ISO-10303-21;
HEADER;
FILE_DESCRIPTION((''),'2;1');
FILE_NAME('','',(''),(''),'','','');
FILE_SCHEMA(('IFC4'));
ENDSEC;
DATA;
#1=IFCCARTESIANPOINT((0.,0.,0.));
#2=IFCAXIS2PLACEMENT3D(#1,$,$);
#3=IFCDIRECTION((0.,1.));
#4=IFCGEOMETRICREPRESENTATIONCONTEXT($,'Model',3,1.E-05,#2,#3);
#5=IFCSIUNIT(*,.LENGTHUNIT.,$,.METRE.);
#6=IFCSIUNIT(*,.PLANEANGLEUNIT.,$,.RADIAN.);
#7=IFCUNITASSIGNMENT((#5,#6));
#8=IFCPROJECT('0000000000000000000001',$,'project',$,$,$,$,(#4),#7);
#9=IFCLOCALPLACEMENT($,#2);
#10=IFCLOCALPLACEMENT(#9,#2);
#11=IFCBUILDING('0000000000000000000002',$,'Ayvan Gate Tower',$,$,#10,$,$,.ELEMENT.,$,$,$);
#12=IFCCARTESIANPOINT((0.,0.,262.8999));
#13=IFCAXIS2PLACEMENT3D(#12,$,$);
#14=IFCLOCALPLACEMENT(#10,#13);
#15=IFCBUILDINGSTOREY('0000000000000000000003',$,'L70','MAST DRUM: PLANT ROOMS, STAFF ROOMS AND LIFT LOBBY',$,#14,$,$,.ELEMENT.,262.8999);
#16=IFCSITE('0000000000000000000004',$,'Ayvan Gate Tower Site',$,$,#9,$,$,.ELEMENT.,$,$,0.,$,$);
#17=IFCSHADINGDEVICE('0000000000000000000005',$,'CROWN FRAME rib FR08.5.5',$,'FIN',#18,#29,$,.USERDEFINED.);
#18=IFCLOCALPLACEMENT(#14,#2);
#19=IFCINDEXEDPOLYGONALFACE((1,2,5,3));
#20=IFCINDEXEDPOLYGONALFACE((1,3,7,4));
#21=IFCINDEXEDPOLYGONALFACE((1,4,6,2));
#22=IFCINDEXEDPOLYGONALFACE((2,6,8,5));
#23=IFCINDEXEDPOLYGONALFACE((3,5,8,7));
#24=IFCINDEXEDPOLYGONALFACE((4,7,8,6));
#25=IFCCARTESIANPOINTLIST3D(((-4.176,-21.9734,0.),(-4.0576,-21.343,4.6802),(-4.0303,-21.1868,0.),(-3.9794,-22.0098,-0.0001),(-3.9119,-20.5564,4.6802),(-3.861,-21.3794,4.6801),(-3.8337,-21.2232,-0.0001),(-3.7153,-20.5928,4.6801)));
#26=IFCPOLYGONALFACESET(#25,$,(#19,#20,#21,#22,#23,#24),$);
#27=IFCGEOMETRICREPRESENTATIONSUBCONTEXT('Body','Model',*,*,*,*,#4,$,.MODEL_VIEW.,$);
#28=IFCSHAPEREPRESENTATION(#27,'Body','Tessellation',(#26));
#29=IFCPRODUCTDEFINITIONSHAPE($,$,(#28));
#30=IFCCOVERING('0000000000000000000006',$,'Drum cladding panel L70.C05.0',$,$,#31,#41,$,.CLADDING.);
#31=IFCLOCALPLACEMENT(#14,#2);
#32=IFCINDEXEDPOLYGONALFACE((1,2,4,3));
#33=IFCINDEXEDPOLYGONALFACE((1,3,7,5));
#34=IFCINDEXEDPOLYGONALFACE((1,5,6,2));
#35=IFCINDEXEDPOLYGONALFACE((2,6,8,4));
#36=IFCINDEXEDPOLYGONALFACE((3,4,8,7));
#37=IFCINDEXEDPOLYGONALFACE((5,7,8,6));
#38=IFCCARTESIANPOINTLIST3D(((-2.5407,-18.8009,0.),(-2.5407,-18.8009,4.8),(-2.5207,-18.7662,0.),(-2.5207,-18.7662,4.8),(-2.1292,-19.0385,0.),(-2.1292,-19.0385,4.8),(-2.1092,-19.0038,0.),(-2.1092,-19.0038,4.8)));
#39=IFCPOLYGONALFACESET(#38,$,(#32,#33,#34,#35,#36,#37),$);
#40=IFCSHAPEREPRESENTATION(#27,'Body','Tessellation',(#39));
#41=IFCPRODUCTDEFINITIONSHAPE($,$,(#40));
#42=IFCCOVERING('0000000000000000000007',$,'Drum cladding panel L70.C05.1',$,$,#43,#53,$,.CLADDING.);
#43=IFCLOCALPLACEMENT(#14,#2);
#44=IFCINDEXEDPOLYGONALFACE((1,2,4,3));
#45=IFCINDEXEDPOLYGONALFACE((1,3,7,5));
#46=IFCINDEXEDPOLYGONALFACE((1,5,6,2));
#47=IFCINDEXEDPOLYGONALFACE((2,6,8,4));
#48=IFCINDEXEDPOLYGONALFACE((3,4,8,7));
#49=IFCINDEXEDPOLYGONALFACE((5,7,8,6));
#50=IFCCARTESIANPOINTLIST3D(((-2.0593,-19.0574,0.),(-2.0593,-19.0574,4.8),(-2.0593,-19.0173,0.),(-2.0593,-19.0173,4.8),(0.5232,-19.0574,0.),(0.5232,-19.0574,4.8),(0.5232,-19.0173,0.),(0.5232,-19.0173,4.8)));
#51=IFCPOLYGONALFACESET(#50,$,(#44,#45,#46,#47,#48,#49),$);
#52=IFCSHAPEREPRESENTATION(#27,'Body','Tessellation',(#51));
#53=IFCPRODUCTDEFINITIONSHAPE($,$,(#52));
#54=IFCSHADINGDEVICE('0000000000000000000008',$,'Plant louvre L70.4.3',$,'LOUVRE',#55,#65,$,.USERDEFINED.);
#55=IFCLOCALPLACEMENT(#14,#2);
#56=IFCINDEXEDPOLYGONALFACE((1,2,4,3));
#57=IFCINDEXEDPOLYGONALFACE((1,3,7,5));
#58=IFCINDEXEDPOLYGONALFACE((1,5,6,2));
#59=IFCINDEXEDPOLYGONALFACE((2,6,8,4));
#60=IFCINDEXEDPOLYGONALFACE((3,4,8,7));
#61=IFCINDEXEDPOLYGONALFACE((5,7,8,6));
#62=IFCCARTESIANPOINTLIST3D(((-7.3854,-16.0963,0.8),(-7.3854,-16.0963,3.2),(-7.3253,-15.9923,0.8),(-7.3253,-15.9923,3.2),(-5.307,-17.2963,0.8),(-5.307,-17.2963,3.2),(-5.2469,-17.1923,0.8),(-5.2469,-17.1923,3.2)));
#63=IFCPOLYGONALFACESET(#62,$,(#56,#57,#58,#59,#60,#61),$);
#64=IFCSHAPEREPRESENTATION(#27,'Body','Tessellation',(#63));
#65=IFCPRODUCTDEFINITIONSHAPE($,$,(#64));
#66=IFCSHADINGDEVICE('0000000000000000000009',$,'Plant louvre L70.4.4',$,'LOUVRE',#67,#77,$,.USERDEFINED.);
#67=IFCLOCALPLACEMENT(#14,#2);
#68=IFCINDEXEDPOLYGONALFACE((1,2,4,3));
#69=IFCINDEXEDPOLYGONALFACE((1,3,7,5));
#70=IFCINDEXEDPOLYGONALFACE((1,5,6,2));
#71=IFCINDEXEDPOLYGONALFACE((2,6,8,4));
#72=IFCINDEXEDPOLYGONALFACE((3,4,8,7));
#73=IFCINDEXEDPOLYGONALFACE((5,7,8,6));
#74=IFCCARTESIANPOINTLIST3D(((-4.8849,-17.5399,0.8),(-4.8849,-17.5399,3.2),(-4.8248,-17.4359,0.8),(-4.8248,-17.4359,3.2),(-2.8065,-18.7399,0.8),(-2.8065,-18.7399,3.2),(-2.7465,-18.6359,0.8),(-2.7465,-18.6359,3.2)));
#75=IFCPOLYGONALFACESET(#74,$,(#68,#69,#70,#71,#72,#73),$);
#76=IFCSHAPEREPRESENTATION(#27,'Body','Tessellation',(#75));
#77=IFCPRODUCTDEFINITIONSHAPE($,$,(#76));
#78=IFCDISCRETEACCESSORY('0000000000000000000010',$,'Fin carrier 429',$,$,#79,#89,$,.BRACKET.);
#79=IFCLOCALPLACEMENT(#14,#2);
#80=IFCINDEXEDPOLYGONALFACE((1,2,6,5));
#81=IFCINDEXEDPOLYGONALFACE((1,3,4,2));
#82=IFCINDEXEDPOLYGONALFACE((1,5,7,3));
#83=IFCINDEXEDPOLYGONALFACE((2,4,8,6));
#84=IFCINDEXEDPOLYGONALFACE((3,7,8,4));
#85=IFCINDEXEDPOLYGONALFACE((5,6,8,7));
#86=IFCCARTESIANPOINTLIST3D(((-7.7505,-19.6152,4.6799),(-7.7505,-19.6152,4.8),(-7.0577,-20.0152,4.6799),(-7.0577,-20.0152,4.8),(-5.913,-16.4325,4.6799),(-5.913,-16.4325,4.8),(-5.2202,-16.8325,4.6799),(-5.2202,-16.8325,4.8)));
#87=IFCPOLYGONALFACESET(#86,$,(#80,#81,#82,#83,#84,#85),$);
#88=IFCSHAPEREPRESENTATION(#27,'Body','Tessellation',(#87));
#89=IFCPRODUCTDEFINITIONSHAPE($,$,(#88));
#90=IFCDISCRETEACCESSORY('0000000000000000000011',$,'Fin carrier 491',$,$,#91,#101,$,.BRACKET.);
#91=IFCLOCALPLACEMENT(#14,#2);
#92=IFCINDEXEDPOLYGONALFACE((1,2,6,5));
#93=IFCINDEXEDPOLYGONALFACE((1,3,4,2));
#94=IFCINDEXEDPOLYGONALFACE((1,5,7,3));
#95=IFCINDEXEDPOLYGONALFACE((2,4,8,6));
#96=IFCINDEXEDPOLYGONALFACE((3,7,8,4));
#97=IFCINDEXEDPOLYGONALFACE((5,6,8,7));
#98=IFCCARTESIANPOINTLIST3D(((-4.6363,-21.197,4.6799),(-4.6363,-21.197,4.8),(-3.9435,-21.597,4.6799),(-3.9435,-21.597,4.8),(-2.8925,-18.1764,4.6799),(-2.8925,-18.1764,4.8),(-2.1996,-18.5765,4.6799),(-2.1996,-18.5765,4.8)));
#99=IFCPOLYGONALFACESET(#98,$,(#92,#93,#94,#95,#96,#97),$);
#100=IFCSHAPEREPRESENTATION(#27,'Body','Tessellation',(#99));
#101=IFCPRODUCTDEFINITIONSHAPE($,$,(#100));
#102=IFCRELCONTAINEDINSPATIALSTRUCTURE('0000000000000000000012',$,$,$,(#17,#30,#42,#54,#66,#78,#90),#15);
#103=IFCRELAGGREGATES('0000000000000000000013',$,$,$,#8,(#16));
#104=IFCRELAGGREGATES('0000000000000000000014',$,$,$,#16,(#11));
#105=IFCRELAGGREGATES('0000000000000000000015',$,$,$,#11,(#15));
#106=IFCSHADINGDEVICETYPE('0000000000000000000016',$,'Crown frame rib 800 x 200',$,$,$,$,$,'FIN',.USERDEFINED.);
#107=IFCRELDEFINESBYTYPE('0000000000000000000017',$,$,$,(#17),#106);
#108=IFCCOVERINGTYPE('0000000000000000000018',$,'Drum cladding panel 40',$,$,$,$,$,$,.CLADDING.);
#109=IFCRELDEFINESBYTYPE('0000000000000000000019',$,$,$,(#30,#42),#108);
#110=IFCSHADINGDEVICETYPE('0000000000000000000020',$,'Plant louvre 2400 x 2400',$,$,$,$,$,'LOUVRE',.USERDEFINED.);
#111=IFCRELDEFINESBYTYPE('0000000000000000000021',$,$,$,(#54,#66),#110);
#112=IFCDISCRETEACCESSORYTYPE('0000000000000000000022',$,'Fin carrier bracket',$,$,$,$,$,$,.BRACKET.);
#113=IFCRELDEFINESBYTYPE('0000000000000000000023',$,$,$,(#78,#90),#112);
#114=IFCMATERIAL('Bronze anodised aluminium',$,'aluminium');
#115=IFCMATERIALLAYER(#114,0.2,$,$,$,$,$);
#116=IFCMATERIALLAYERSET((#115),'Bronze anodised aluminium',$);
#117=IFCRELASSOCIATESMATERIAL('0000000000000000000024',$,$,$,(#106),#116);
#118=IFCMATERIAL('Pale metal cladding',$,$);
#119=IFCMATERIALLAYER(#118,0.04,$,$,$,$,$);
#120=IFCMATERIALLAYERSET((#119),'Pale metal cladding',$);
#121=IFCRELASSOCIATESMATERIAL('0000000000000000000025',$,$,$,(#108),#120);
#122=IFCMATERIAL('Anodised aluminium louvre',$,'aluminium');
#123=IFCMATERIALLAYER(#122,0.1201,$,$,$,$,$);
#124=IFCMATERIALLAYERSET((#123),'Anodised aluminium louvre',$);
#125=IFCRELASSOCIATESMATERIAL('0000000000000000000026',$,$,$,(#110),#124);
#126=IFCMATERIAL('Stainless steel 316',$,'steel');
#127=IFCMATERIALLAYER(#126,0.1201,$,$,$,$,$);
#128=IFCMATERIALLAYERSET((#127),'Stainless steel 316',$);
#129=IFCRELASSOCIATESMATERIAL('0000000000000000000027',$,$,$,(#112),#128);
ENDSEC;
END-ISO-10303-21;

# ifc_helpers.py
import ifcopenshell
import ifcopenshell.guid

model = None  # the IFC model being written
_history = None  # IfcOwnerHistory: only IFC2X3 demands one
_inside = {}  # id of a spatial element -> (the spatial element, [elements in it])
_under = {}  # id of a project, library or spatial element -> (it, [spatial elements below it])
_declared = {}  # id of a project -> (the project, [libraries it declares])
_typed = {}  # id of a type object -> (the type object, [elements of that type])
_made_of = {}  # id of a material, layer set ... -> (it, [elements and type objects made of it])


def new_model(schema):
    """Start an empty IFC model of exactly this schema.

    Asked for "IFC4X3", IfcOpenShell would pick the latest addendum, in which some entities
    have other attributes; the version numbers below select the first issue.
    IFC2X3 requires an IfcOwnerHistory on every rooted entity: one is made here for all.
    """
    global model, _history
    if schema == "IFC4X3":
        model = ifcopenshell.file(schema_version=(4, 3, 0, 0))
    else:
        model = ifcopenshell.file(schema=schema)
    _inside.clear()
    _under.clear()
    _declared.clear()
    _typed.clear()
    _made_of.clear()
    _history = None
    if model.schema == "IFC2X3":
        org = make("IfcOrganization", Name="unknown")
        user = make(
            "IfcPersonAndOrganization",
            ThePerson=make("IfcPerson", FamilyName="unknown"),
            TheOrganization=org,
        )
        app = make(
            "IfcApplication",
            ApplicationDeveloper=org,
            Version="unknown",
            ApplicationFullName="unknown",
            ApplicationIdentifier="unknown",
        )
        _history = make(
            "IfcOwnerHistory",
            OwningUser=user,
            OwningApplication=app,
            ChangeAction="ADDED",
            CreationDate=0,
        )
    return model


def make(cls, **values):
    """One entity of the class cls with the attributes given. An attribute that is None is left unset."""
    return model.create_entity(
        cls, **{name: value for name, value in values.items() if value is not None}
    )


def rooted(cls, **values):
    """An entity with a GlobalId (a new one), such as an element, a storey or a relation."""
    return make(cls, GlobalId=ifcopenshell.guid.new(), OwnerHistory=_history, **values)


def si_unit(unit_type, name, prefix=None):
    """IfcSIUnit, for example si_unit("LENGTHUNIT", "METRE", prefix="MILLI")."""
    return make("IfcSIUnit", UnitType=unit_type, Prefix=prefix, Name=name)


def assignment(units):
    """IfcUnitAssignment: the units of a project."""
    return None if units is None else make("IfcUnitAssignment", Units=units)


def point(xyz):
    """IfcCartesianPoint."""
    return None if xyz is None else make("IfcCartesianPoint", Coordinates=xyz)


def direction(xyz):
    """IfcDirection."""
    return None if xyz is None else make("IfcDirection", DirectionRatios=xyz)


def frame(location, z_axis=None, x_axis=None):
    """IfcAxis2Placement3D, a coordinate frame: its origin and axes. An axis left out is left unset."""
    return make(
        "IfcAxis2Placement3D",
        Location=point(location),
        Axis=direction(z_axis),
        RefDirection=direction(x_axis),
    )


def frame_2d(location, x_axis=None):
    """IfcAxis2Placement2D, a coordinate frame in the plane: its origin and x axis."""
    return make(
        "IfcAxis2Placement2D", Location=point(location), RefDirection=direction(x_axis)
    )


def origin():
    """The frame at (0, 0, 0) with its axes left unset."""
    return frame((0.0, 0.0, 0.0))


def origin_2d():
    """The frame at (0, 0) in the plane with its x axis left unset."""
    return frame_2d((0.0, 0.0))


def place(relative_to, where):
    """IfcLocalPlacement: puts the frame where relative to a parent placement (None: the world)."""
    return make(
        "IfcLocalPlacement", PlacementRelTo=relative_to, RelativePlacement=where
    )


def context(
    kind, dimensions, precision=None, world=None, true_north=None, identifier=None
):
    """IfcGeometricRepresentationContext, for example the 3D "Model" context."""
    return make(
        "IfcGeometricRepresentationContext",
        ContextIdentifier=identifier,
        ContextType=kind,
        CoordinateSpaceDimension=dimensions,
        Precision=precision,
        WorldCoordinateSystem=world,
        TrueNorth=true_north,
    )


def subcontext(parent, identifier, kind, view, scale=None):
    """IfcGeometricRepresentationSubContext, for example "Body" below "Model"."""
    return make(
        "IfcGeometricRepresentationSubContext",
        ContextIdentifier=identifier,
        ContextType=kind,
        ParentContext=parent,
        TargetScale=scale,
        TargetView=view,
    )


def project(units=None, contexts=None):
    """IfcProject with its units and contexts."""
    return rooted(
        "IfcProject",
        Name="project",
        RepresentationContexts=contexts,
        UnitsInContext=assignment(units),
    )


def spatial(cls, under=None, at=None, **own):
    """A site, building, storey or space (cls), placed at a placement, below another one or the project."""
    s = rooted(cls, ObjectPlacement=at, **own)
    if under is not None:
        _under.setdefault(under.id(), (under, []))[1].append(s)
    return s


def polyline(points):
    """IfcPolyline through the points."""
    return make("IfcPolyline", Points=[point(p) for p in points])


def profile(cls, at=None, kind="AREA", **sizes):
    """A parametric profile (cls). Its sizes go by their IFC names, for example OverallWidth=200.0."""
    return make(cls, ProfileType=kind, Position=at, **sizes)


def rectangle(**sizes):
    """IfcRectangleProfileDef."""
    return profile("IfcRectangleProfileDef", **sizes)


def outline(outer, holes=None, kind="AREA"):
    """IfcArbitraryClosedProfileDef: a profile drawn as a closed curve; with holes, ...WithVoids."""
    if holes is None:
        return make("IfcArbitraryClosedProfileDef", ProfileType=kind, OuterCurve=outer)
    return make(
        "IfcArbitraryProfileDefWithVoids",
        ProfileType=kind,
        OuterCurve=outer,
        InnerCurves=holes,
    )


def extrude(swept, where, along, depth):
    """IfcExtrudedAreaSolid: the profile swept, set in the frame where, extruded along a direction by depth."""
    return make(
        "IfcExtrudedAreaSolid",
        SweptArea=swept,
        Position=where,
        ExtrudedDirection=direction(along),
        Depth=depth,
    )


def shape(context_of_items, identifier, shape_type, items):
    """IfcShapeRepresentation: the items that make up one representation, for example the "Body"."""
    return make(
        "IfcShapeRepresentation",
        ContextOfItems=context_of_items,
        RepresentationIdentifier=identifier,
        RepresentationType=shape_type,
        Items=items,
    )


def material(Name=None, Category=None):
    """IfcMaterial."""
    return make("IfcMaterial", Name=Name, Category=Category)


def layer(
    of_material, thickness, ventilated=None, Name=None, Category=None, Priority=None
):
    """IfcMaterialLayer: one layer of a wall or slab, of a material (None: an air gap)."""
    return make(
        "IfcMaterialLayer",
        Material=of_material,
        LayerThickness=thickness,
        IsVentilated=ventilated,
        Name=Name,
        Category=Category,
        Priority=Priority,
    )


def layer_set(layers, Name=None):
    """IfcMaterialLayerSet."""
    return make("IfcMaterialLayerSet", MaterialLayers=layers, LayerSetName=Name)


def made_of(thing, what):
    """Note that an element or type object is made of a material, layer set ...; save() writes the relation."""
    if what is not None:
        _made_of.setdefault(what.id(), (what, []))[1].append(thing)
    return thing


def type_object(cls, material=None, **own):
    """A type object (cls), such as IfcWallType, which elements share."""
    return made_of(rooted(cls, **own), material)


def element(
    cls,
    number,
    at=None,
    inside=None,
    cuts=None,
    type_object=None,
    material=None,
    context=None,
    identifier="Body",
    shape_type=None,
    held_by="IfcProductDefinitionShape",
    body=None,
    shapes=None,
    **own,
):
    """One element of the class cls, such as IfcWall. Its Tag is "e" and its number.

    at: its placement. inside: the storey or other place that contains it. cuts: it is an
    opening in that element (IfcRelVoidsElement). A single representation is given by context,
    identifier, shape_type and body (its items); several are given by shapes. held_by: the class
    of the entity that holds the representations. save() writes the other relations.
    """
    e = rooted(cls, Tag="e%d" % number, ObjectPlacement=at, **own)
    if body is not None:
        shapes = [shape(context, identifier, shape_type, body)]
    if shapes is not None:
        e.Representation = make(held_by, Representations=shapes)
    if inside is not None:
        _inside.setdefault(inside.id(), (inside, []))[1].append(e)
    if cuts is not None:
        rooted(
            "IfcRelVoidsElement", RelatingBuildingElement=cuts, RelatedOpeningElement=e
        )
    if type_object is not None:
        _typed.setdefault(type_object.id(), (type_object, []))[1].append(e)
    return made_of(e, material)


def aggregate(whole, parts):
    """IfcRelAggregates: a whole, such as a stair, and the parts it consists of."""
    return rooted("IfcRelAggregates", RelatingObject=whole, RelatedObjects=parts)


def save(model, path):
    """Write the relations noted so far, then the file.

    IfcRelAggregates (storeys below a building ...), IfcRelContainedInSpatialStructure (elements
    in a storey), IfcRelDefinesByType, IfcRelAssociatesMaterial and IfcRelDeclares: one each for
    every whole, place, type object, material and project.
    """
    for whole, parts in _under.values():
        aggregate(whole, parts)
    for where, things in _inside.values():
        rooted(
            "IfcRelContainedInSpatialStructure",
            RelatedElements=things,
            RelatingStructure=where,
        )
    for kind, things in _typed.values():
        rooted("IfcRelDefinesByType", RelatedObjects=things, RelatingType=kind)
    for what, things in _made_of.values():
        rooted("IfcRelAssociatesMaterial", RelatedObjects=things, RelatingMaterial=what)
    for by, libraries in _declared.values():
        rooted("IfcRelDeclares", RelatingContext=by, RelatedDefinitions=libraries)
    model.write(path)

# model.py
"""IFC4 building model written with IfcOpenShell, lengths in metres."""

from ifc_helpers import new_model, si_unit, direction, frame, origin, origin_2d, place, context, subcontext, project, spatial, polyline, rectangle, outline, extrude, material, layer, layer_set, type_object, element, save


model = new_model("IFC4")

# Units and contexts
model_context = context("Model", 3, precision=1e-05, world=origin(), true_north=direction((0.0, 1.0)))
body_context = subcontext(model_context, "Body", "Model", "MODEL_VIEW")
ifc_project = project(units=[si_unit("LENGTHUNIT", "METRE"), si_unit("PLANEANGLEUNIT", "RADIAN")], contexts=[model_context])

# Site, building, storey
site_placement = place(None, origin())
site = spatial("IfcSite", under=ifc_project, at=site_placement, Name="Ayvan Gate Tower Site", CompositionType="ELEMENT", RefElevation=0.0)
building_placement = place(site_placement, origin())
building = spatial("IfcBuilding", under=site, at=building_placement, Name="Ayvan Gate Tower", CompositionType="ELEMENT")
storey_placement = place(building_placement, frame((0.0, 0.0, 262.8999)))
storey = spatial("IfcBuildingStorey", under=building, at=storey_placement, Name="L70", Description="MAST DRUM: PLANT ROOMS, STAFF ROOMS AND LIFT LOBBY", CompositionType="ELEMENT", Elevation=262.8999)

# Shared definitions
ifc_material_1 = material(Name="Anodised aluminium louvre", Category="aluminium")

# Shading device
ifc_material_2 = material(Name="Bronze anodised aluminium", Category="aluminium")
ifc_layer_1 = layer(ifc_material_2, 0.2)
ifc_layer_set_1 = layer_set([ifc_layer_1], Name="Bronze anodised aluminium")
shading_device_type_1 = type_object("IfcShadingDeviceType", Name="Crown frame rib 800 x 200", ElementType="FIN", PredefinedType="USERDEFINED", material=ifc_layer_set_1)
shading_device_placement = place(storey_placement, frame((-4.0303, -21.1868, 0.0), z_axis=(-0.983264, 0.182188, 0.000338), x_axis=(-0.182188, -0.983264, 0.0)))
element("IfcShadingDevice", 1, at=shading_device_placement, inside=storey, type_object=shading_device_type_1, Name="CROWN FRAME rib FR08.5.5", ObjectType="FIN", PredefinedType="USERDEFINED", context=body_context, shape_type="SweptSolid", body=[
    extrude(outline(polyline([(0.0, 0.0), (0.8, 0.0), (0.1586, 4.6802), (-0.6414, 4.6802), (0.0, 0.0)])), origin(), (0.0, 0.0, -1.0), 0.2),
])

# Coverings
ifc_material_3 = material(Name="Pale metal cladding")
ifc_layer_2 = layer(ifc_material_3, 0.04)
ifc_layer_set_2 = layer_set([ifc_layer_2], Name="Pale metal cladding")
covering_type = type_object("IfcCoveringType", Name="Drum cladding panel 40", PredefinedType="CLADDING", material=ifc_layer_set_2)
covering_1_placement = place(storey_placement, frame((-2.325, -18.9023, 0.0), z_axis=(0.0, 0.0, 1.0), x_axis=(0.866025, -0.5, 0.0)))
element("IfcCovering", 2, at=covering_1_placement, inside=storey, type_object=covering_type, Name="Drum cladding panel L70.C05.0", PredefinedType="CLADDING", context=body_context, shape_type="SweptSolid", body=[
    extrude(rectangle(XDim=0.4751, YDim=0.04, at=origin_2d()), origin(), (0.0, 0.0, 1.0), 4.8),
])
covering_2_placement = place(storey_placement, frame((-0.7681, -19.0374, 0.0), z_axis=(0.0, 0.0, 1.0), x_axis=(1.0, 0.0, 0.0)))
element("IfcCovering", 3, at=covering_2_placement, inside=storey, type_object=covering_type, Name="Drum cladding panel L70.C05.1", PredefinedType="CLADDING", context=body_context, shape_type="SweptSolid", body=[
    extrude(rectangle(XDim=2.5825, YDim=0.04, at=origin_2d()), origin(), (0.0, 0.0, 1.0), 4.8),
])

# Shading devices
ifc_layer_3 = layer(ifc_material_1, 0.1201)
ifc_layer_set_3 = layer_set([ifc_layer_3], Name="Anodised aluminium louvre")
shading_device_type_2 = type_object("IfcShadingDeviceType", Name="Plant louvre 2400 x 2400", ElementType="LOUVRE", PredefinedType="USERDEFINED", material=ifc_layer_set_3)
for number, where, z_axis, x_axis, name in (
    (4, (-6.3162, -16.6443, 0.8), (0.0, 0.0, 1.0), (0.866025, -0.5, 0.0), "Plant louvre L70.4.3"),
    (5, (-3.8157, -18.0879, 0.8), (0.0, 0.0, 1.0), (0.866025, -0.5, 0.0), "Plant louvre L70.4.4"),
):
    element("IfcShadingDevice", number, at=place(storey_placement, frame(where, z_axis=z_axis, x_axis=x_axis)), inside=storey, type_object=shading_device_type_2, Name=name, ObjectType="LOUVRE", PredefinedType="USERDEFINED", context=body_context, shape_type="SweptSolid", body=[
        extrude(rectangle(XDim=2.3999, YDim=0.1201, at=origin_2d()), origin(), (0.0, 0.0, 1.0), 2.3999),
    ])

# Discrete accessories
ifc_material_4 = material(Name="Stainless steel 316", Category="steel")
ifc_layer_4 = layer(ifc_material_4, 0.1201)
ifc_layer_set_4 = layer_set([ifc_layer_4], Name="Stainless steel 316")
discrete_accessory_type = type_object("IfcDiscreteAccessoryType", Name="Fin carrier bracket", PredefinedType="BRACKET", material=ifc_layer_set_4)
discrete_accessory_1_placement = place(storey_placement, frame((-6.4854, -18.2239, 4.6799), z_axis=(0.0, 0.0, 1.0), x_axis=(0.866025, -0.5, 0.0)))
element("IfcDiscreteAccessory", 6, at=discrete_accessory_1_placement, inside=storey, type_object=discrete_accessory_type, Name="Fin carrier 429", PredefinedType="BRACKET", context=body_context, shape_type="SweptSolid", body=[
    extrude(rectangle(XDim=0.8, YDim=3.675, at=origin_2d()), origin(), (0.0, 0.0, 1.0), 0.1201),
])
discrete_accessory_2_placement = place(storey_placement, frame((-3.418, -19.8867, 4.6799), z_axis=(0.0, 0.0, 1.0), x_axis=(0.866025, -0.5, 0.0)))
element("IfcDiscreteAccessory", 7, at=discrete_accessory_2_placement, inside=storey, type_object=discrete_accessory_type, Name="Fin carrier 491", PredefinedType="BRACKET", context=body_context, shape_type="SweptSolid", body=[
    extrude(rectangle(XDim=0.8, YDim=3.4878, at=origin_2d()), origin(), (0.0, 0.0, 1.0), 0.1201),
])

save(model, "model.ifc")
